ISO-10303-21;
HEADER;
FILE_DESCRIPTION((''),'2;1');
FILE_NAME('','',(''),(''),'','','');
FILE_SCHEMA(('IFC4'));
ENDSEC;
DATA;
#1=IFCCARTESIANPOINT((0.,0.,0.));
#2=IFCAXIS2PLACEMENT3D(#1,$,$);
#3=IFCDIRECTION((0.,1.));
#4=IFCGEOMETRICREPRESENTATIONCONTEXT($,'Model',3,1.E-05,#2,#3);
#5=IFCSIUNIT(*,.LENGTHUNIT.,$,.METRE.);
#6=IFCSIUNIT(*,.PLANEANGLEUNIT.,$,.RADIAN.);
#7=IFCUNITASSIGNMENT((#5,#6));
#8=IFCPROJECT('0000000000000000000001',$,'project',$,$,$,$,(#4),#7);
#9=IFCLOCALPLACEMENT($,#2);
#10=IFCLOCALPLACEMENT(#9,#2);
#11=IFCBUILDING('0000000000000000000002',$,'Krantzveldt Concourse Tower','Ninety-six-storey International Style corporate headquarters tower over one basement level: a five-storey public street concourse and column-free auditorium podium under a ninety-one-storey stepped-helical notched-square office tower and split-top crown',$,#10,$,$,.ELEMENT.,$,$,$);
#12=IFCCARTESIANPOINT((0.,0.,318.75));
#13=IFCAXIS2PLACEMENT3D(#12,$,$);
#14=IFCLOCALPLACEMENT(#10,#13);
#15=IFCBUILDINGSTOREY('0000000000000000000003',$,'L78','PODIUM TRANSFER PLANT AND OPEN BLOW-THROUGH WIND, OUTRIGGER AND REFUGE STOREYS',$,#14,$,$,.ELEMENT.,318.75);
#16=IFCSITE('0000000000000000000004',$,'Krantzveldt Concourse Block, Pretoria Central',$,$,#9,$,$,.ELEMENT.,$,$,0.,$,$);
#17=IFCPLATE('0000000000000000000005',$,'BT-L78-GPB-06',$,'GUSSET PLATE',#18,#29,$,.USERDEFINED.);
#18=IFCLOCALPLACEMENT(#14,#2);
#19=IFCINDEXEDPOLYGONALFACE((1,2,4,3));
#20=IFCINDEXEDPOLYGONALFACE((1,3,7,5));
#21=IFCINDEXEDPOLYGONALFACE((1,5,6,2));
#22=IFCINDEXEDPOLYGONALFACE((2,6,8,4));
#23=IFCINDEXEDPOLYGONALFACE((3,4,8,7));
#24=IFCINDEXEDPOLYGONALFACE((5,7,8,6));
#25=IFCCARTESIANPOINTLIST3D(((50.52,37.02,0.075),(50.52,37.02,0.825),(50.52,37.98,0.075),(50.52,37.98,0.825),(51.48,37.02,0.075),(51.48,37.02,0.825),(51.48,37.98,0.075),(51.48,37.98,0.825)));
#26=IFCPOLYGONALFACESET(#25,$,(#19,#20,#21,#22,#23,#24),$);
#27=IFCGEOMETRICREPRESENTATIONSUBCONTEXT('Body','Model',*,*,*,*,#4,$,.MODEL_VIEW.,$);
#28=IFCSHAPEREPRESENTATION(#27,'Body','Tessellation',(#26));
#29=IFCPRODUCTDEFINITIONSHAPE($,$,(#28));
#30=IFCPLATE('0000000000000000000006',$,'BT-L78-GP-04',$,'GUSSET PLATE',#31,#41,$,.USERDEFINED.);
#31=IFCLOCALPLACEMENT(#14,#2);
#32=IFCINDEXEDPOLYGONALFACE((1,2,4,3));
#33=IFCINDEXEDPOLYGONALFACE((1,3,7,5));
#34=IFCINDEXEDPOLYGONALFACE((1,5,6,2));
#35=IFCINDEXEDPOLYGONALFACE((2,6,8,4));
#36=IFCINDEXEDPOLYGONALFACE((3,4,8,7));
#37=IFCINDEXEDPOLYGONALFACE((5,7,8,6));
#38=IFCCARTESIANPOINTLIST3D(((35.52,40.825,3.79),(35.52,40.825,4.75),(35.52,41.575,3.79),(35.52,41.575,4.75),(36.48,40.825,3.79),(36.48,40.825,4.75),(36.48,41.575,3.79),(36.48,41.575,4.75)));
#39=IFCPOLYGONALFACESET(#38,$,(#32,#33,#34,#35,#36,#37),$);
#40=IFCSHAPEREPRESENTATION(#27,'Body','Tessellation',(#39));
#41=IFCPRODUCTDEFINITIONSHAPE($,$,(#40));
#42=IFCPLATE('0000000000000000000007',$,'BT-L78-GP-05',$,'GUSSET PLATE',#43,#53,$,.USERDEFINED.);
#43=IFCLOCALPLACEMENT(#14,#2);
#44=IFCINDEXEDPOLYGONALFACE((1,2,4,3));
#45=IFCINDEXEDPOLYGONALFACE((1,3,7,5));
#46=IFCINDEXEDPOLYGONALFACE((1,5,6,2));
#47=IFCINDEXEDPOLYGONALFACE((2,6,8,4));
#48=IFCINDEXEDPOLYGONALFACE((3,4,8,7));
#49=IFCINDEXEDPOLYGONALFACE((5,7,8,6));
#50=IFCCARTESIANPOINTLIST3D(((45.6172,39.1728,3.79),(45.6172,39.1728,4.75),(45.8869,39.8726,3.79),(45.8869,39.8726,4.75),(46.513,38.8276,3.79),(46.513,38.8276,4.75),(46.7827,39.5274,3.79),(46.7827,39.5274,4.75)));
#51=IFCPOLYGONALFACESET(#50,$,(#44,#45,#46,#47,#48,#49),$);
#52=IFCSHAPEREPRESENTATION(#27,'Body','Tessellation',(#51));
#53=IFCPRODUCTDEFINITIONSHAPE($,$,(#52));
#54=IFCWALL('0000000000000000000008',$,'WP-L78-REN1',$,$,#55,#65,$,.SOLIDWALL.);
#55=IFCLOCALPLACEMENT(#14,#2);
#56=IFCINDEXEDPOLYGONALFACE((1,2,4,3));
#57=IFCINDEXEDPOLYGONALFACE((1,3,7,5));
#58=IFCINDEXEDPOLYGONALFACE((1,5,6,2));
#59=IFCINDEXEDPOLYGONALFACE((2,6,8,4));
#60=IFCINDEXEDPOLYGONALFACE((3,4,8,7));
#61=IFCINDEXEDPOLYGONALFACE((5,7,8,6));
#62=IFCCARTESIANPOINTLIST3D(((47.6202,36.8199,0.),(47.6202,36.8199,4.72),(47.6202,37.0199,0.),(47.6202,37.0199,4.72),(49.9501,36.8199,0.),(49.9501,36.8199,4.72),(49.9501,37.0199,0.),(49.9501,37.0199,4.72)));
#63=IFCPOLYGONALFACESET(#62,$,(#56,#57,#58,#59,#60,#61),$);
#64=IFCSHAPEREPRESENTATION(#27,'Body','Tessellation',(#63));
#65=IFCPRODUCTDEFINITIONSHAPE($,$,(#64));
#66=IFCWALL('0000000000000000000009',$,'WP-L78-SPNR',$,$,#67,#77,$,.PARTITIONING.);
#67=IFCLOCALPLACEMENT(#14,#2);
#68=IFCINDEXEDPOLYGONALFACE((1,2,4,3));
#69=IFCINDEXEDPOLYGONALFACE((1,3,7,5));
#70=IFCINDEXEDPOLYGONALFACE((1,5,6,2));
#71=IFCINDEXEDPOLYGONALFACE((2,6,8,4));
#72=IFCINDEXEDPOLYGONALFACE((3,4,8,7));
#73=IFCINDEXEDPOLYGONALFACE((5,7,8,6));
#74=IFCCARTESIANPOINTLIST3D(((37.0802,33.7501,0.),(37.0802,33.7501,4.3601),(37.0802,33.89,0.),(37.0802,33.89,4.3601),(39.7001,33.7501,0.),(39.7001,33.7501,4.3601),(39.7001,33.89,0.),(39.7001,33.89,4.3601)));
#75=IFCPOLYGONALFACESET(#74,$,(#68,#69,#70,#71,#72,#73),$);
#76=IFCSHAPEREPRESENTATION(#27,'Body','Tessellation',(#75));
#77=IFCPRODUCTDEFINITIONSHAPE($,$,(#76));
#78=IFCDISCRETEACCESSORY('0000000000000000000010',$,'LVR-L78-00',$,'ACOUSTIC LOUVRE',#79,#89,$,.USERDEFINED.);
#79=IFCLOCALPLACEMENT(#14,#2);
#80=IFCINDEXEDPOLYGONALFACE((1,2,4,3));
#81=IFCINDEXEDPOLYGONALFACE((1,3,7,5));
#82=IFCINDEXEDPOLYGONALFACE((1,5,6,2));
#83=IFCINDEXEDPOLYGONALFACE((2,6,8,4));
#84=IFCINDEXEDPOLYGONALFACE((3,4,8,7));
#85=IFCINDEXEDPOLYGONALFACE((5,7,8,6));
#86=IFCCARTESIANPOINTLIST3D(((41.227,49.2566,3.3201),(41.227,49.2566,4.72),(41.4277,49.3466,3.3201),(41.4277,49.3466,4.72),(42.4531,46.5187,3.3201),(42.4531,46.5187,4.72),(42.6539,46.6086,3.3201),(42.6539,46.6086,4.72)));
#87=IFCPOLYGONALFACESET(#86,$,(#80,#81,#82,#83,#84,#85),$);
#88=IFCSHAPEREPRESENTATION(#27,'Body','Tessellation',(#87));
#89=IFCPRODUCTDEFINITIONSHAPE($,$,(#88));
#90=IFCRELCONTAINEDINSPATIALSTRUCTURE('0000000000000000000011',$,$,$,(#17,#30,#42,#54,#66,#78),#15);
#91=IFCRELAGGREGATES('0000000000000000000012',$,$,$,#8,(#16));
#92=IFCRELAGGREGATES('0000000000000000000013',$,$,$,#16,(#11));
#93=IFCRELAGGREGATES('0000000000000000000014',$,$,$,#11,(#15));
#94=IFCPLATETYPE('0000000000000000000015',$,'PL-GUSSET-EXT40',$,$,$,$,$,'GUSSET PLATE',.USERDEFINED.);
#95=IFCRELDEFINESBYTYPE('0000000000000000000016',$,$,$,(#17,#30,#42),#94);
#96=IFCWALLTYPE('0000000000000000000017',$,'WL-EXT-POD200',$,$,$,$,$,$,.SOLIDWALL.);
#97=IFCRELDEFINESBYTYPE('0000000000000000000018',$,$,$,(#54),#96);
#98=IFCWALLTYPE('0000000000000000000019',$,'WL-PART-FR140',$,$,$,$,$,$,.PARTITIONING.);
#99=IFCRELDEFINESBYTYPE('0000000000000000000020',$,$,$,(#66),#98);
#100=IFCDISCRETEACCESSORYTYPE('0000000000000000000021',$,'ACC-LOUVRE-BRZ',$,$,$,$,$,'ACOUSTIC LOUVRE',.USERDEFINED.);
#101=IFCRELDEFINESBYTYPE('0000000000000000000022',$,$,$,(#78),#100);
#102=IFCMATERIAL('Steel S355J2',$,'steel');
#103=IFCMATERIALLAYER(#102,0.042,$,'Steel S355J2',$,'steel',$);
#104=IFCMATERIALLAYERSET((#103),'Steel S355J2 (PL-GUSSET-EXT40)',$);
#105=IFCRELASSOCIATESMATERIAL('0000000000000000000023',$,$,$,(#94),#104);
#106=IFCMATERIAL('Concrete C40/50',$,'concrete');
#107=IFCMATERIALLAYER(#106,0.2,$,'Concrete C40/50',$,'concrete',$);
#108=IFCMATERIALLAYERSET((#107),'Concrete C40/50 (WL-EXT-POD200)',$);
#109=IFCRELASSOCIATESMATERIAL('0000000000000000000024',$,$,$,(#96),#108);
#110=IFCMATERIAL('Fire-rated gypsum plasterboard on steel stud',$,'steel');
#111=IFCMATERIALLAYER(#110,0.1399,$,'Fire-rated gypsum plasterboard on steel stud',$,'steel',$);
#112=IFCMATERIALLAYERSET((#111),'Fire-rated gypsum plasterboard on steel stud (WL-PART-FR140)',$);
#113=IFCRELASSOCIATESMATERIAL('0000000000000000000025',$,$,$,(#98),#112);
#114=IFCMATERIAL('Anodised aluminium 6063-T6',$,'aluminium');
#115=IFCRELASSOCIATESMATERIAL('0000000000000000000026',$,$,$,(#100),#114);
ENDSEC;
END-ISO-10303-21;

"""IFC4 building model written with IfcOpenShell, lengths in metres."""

from ifc_helpers import new_model, si_unit, direction, frame, frame_2d, origin, origin_2d, place, context, subcontext, project, spatial, rectangle, extrude, source, transform, mapped, material, layer, layer_set, type_object, type_shapes, element, save


model = new_model("IFC4")

# Units and contexts
model_context = context("Model", 3, precision=1e-05, world=origin(), true_north=direction((0.0, 1.0)))
body_context = subcontext(model_context, "Body", "Model", "MODEL_VIEW")
ifc_project = project(units=[si_unit("LENGTHUNIT", "METRE"), si_unit("PLANEANGLEUNIT", "RADIAN")], contexts=[model_context])

# Site, building, storey
site_placement = place(None, origin())
site = spatial("IfcSite", under=ifc_project, at=site_placement, Name="Krantzveldt Concourse Block, Pretoria Central", CompositionType="ELEMENT", RefElevation=0.0)
building_placement = place(site_placement, origin())
building = spatial("IfcBuilding", under=site, at=building_placement, Name="Krantzveldt Concourse Tower", Description="Ninety-six-storey International Style corporate headquarters tower over one basement level: a five-storey public street concourse and column-free auditorium podium under a ninety-one-storey stepped-helical notched-square office tower and split-top crown", CompositionType="ELEMENT")
storey_placement = place(building_placement, frame((0.0, 0.0, 318.75)))
storey = spatial("IfcBuildingStorey", under=building, at=storey_placement, Name="L78", Description="PODIUM TRANSFER PLANT AND OPEN BLOW-THROUGH WIND, OUTRIGGER AND REFUGE STOREYS", CompositionType="ELEMENT", Elevation=318.75)

# Shared definitions
ifc_material_1 = material(Name="Steel S355J2", Category="steel")

# Plates
ifc_layer_1 = layer(ifc_material_1, 0.042, Name="Steel S355J2", Category="steel")
ifc_layer_set_1 = layer_set([ifc_layer_1], Name="Steel S355J2 (PL-GUSSET-EXT40)")
plate_type_1 = type_object("IfcPlateType", Name="PL-GUSSET-EXT40", ElementType="GUSSET PLATE", PredefinedType="USERDEFINED", material=ifc_layer_set_1)
shared_shape_1 = source(origin(), body_context, "Body", "SweptSolid", [
    extrude(rectangle(XDim=0.96, YDim=0.96, at=origin_2d()), origin(), (0.0, 0.0, 1.0), 0.75),
])
for number, where, z_axis, x_axis, name in (
    (1, (51.0, 37.5, 0.075), (0.0, 0.0, 1.0), (1.0, 0.0, 0.0), "BT-L78-GPB-06"),
):
    element("IfcPlate", number, at=place(storey_placement, frame(where, z_axis=z_axis, x_axis=x_axis)), inside=storey, type_object=plate_type_1, Name=name, ObjectType="GUSSET PLATE", PredefinedType="USERDEFINED", context=body_context, shape_type="MappedRepresentation", body=[
        mapped(shared_shape_1, transform((0.0, 0.0, 0.0), x_axis=(1.0, 0.0, 0.0), y_axis=(0.0, 1.0, 0.0), z_axis=(0.0, 0.0, 1.0), scale=1.0)),
    ])
shared_shape_2 = source(origin(), body_context, "Body", "SweptSolid", [
    extrude(rectangle(XDim=0.96, YDim=0.75, at=origin_2d()), origin(), (0.0, 0.0, 1.0), 0.96),
])
type_shapes(plate_type_1, [shared_shape_1, shared_shape_2])
for number, where, z_axis, x_axis, name in (
    (2, (36.0, 41.2, 3.79), (0.0, 0.0, 1.0), (1.0, 0.0, 0.0), "BT-L78-GP-04"),
    (3, (46.2, 39.3501, 3.79), (0.0, 0.0, 1.0), (-0.933098, 0.359622, 0.0), "BT-L78-GP-05"),
):
    element("IfcPlate", number, at=place(storey_placement, frame(where, z_axis=z_axis, x_axis=x_axis)), inside=storey, type_object=plate_type_1, Name=name, ObjectType="GUSSET PLATE", PredefinedType="USERDEFINED", context=body_context, shape_type="MappedRepresentation", body=[
        mapped(shared_shape_2, transform((0.0, 0.0, 0.0), x_axis=(1.0, 0.0, 0.0), y_axis=(0.0, 1.0, 0.0), z_axis=(0.0, 0.0, 1.0), scale=1.0)),
    ])

# Walls
ifc_material_2 = material(Name="Concrete C40/50", Category="concrete")
ifc_layer_2 = layer(ifc_material_2, 0.2, Name="Concrete C40/50", Category="concrete")
ifc_layer_set_2 = layer_set([ifc_layer_2], Name="Concrete C40/50 (WL-EXT-POD200)")
wall_type_1 = type_object("IfcWallType", Name="WL-EXT-POD200", PredefinedType="SOLIDWALL", material=ifc_layer_set_2)
wall_1_placement = place(storey_placement, frame((47.6201, 36.9199, 0.0), z_axis=(0.0, 0.0, 1.0), x_axis=(1.0, 0.0, 0.0)))
element("IfcWall", 4, at=wall_1_placement, inside=storey, type_object=wall_type_1, Name="WP-L78-REN1", PredefinedType="SOLIDWALL", context=body_context, shape_type="SweptSolid", body=[
    extrude(rectangle(XDim=2.3298, YDim=0.2, at=frame_2d((1.165, 0.0))), origin(), (0.0, 0.0, 1.0), 4.72),
])
ifc_material_3 = material(Name="Fire-rated gypsum plasterboard on steel stud", Category="steel")
ifc_layer_3 = layer(ifc_material_3, 0.1399, Name="Fire-rated gypsum plasterboard on steel stud", Category="steel")
ifc_layer_set_3 = layer_set([ifc_layer_3], Name="Fire-rated gypsum plasterboard on steel stud (WL-PART-FR140)")
wall_type_2 = type_object("IfcWallType", Name="WL-PART-FR140", PredefinedType="PARTITIONING", material=ifc_layer_set_3)
wall_2_placement = place(storey_placement, frame((37.0801, 33.8201, 0.0), z_axis=(0.0, 0.0, 1.0), x_axis=(1.0, 0.0, 0.0)))
element("IfcWall", 5, at=wall_2_placement, inside=storey, type_object=wall_type_2, Name="WP-L78-SPNR", PredefinedType="PARTITIONING", context=body_context, shape_type="SweptSolid", body=[
    extrude(rectangle(XDim=2.6199, YDim=0.1399, at=frame_2d((1.3101, 0.0))), origin(), (0.0, 0.0, 1.0), 4.3601),
])

# Discrete accessory
ifc_material_4 = material(Name="Anodised aluminium 6063-T6", Category="aluminium")
discrete_accessory_type = type_object("IfcDiscreteAccessoryType", Name="ACC-LOUVRE-BRZ", ElementType="ACOUSTIC LOUVRE", PredefinedType="USERDEFINED", material=ifc_material_4)
shared_shape_3 = source(origin(), body_context, "Body", "SweptSolid", [
    extrude(rectangle(XDim=3.0, YDim=0.22, at=origin_2d()), origin(), (0.0, 0.0, 1.0), 1.3999),
])
type_shapes(discrete_accessory_type, [shared_shape_3])
discrete_accessory_placement = place(storey_placement, frame((41.9404, 47.9326, 3.3201), z_axis=(0.0, 0.0, 1.0), x_axis=(-0.408729, 0.912656, 0.0)))
element("IfcDiscreteAccessory", 6, at=discrete_accessory_placement, inside=storey, type_object=discrete_accessory_type, Name="LVR-L78-00", ObjectType="ACOUSTIC LOUVRE", PredefinedType="USERDEFINED", context=body_context, shape_type="MappedRepresentation", body=[
    mapped(shared_shape_3, transform((0.0, 0.0, 0.0), x_axis=(1.0, 0.0, 0.0), y_axis=(0.0, 1.0, 0.0), z_axis=(0.0, 0.0, 1.0), scale=1.0)),
])

save(model, "model.ifc")
